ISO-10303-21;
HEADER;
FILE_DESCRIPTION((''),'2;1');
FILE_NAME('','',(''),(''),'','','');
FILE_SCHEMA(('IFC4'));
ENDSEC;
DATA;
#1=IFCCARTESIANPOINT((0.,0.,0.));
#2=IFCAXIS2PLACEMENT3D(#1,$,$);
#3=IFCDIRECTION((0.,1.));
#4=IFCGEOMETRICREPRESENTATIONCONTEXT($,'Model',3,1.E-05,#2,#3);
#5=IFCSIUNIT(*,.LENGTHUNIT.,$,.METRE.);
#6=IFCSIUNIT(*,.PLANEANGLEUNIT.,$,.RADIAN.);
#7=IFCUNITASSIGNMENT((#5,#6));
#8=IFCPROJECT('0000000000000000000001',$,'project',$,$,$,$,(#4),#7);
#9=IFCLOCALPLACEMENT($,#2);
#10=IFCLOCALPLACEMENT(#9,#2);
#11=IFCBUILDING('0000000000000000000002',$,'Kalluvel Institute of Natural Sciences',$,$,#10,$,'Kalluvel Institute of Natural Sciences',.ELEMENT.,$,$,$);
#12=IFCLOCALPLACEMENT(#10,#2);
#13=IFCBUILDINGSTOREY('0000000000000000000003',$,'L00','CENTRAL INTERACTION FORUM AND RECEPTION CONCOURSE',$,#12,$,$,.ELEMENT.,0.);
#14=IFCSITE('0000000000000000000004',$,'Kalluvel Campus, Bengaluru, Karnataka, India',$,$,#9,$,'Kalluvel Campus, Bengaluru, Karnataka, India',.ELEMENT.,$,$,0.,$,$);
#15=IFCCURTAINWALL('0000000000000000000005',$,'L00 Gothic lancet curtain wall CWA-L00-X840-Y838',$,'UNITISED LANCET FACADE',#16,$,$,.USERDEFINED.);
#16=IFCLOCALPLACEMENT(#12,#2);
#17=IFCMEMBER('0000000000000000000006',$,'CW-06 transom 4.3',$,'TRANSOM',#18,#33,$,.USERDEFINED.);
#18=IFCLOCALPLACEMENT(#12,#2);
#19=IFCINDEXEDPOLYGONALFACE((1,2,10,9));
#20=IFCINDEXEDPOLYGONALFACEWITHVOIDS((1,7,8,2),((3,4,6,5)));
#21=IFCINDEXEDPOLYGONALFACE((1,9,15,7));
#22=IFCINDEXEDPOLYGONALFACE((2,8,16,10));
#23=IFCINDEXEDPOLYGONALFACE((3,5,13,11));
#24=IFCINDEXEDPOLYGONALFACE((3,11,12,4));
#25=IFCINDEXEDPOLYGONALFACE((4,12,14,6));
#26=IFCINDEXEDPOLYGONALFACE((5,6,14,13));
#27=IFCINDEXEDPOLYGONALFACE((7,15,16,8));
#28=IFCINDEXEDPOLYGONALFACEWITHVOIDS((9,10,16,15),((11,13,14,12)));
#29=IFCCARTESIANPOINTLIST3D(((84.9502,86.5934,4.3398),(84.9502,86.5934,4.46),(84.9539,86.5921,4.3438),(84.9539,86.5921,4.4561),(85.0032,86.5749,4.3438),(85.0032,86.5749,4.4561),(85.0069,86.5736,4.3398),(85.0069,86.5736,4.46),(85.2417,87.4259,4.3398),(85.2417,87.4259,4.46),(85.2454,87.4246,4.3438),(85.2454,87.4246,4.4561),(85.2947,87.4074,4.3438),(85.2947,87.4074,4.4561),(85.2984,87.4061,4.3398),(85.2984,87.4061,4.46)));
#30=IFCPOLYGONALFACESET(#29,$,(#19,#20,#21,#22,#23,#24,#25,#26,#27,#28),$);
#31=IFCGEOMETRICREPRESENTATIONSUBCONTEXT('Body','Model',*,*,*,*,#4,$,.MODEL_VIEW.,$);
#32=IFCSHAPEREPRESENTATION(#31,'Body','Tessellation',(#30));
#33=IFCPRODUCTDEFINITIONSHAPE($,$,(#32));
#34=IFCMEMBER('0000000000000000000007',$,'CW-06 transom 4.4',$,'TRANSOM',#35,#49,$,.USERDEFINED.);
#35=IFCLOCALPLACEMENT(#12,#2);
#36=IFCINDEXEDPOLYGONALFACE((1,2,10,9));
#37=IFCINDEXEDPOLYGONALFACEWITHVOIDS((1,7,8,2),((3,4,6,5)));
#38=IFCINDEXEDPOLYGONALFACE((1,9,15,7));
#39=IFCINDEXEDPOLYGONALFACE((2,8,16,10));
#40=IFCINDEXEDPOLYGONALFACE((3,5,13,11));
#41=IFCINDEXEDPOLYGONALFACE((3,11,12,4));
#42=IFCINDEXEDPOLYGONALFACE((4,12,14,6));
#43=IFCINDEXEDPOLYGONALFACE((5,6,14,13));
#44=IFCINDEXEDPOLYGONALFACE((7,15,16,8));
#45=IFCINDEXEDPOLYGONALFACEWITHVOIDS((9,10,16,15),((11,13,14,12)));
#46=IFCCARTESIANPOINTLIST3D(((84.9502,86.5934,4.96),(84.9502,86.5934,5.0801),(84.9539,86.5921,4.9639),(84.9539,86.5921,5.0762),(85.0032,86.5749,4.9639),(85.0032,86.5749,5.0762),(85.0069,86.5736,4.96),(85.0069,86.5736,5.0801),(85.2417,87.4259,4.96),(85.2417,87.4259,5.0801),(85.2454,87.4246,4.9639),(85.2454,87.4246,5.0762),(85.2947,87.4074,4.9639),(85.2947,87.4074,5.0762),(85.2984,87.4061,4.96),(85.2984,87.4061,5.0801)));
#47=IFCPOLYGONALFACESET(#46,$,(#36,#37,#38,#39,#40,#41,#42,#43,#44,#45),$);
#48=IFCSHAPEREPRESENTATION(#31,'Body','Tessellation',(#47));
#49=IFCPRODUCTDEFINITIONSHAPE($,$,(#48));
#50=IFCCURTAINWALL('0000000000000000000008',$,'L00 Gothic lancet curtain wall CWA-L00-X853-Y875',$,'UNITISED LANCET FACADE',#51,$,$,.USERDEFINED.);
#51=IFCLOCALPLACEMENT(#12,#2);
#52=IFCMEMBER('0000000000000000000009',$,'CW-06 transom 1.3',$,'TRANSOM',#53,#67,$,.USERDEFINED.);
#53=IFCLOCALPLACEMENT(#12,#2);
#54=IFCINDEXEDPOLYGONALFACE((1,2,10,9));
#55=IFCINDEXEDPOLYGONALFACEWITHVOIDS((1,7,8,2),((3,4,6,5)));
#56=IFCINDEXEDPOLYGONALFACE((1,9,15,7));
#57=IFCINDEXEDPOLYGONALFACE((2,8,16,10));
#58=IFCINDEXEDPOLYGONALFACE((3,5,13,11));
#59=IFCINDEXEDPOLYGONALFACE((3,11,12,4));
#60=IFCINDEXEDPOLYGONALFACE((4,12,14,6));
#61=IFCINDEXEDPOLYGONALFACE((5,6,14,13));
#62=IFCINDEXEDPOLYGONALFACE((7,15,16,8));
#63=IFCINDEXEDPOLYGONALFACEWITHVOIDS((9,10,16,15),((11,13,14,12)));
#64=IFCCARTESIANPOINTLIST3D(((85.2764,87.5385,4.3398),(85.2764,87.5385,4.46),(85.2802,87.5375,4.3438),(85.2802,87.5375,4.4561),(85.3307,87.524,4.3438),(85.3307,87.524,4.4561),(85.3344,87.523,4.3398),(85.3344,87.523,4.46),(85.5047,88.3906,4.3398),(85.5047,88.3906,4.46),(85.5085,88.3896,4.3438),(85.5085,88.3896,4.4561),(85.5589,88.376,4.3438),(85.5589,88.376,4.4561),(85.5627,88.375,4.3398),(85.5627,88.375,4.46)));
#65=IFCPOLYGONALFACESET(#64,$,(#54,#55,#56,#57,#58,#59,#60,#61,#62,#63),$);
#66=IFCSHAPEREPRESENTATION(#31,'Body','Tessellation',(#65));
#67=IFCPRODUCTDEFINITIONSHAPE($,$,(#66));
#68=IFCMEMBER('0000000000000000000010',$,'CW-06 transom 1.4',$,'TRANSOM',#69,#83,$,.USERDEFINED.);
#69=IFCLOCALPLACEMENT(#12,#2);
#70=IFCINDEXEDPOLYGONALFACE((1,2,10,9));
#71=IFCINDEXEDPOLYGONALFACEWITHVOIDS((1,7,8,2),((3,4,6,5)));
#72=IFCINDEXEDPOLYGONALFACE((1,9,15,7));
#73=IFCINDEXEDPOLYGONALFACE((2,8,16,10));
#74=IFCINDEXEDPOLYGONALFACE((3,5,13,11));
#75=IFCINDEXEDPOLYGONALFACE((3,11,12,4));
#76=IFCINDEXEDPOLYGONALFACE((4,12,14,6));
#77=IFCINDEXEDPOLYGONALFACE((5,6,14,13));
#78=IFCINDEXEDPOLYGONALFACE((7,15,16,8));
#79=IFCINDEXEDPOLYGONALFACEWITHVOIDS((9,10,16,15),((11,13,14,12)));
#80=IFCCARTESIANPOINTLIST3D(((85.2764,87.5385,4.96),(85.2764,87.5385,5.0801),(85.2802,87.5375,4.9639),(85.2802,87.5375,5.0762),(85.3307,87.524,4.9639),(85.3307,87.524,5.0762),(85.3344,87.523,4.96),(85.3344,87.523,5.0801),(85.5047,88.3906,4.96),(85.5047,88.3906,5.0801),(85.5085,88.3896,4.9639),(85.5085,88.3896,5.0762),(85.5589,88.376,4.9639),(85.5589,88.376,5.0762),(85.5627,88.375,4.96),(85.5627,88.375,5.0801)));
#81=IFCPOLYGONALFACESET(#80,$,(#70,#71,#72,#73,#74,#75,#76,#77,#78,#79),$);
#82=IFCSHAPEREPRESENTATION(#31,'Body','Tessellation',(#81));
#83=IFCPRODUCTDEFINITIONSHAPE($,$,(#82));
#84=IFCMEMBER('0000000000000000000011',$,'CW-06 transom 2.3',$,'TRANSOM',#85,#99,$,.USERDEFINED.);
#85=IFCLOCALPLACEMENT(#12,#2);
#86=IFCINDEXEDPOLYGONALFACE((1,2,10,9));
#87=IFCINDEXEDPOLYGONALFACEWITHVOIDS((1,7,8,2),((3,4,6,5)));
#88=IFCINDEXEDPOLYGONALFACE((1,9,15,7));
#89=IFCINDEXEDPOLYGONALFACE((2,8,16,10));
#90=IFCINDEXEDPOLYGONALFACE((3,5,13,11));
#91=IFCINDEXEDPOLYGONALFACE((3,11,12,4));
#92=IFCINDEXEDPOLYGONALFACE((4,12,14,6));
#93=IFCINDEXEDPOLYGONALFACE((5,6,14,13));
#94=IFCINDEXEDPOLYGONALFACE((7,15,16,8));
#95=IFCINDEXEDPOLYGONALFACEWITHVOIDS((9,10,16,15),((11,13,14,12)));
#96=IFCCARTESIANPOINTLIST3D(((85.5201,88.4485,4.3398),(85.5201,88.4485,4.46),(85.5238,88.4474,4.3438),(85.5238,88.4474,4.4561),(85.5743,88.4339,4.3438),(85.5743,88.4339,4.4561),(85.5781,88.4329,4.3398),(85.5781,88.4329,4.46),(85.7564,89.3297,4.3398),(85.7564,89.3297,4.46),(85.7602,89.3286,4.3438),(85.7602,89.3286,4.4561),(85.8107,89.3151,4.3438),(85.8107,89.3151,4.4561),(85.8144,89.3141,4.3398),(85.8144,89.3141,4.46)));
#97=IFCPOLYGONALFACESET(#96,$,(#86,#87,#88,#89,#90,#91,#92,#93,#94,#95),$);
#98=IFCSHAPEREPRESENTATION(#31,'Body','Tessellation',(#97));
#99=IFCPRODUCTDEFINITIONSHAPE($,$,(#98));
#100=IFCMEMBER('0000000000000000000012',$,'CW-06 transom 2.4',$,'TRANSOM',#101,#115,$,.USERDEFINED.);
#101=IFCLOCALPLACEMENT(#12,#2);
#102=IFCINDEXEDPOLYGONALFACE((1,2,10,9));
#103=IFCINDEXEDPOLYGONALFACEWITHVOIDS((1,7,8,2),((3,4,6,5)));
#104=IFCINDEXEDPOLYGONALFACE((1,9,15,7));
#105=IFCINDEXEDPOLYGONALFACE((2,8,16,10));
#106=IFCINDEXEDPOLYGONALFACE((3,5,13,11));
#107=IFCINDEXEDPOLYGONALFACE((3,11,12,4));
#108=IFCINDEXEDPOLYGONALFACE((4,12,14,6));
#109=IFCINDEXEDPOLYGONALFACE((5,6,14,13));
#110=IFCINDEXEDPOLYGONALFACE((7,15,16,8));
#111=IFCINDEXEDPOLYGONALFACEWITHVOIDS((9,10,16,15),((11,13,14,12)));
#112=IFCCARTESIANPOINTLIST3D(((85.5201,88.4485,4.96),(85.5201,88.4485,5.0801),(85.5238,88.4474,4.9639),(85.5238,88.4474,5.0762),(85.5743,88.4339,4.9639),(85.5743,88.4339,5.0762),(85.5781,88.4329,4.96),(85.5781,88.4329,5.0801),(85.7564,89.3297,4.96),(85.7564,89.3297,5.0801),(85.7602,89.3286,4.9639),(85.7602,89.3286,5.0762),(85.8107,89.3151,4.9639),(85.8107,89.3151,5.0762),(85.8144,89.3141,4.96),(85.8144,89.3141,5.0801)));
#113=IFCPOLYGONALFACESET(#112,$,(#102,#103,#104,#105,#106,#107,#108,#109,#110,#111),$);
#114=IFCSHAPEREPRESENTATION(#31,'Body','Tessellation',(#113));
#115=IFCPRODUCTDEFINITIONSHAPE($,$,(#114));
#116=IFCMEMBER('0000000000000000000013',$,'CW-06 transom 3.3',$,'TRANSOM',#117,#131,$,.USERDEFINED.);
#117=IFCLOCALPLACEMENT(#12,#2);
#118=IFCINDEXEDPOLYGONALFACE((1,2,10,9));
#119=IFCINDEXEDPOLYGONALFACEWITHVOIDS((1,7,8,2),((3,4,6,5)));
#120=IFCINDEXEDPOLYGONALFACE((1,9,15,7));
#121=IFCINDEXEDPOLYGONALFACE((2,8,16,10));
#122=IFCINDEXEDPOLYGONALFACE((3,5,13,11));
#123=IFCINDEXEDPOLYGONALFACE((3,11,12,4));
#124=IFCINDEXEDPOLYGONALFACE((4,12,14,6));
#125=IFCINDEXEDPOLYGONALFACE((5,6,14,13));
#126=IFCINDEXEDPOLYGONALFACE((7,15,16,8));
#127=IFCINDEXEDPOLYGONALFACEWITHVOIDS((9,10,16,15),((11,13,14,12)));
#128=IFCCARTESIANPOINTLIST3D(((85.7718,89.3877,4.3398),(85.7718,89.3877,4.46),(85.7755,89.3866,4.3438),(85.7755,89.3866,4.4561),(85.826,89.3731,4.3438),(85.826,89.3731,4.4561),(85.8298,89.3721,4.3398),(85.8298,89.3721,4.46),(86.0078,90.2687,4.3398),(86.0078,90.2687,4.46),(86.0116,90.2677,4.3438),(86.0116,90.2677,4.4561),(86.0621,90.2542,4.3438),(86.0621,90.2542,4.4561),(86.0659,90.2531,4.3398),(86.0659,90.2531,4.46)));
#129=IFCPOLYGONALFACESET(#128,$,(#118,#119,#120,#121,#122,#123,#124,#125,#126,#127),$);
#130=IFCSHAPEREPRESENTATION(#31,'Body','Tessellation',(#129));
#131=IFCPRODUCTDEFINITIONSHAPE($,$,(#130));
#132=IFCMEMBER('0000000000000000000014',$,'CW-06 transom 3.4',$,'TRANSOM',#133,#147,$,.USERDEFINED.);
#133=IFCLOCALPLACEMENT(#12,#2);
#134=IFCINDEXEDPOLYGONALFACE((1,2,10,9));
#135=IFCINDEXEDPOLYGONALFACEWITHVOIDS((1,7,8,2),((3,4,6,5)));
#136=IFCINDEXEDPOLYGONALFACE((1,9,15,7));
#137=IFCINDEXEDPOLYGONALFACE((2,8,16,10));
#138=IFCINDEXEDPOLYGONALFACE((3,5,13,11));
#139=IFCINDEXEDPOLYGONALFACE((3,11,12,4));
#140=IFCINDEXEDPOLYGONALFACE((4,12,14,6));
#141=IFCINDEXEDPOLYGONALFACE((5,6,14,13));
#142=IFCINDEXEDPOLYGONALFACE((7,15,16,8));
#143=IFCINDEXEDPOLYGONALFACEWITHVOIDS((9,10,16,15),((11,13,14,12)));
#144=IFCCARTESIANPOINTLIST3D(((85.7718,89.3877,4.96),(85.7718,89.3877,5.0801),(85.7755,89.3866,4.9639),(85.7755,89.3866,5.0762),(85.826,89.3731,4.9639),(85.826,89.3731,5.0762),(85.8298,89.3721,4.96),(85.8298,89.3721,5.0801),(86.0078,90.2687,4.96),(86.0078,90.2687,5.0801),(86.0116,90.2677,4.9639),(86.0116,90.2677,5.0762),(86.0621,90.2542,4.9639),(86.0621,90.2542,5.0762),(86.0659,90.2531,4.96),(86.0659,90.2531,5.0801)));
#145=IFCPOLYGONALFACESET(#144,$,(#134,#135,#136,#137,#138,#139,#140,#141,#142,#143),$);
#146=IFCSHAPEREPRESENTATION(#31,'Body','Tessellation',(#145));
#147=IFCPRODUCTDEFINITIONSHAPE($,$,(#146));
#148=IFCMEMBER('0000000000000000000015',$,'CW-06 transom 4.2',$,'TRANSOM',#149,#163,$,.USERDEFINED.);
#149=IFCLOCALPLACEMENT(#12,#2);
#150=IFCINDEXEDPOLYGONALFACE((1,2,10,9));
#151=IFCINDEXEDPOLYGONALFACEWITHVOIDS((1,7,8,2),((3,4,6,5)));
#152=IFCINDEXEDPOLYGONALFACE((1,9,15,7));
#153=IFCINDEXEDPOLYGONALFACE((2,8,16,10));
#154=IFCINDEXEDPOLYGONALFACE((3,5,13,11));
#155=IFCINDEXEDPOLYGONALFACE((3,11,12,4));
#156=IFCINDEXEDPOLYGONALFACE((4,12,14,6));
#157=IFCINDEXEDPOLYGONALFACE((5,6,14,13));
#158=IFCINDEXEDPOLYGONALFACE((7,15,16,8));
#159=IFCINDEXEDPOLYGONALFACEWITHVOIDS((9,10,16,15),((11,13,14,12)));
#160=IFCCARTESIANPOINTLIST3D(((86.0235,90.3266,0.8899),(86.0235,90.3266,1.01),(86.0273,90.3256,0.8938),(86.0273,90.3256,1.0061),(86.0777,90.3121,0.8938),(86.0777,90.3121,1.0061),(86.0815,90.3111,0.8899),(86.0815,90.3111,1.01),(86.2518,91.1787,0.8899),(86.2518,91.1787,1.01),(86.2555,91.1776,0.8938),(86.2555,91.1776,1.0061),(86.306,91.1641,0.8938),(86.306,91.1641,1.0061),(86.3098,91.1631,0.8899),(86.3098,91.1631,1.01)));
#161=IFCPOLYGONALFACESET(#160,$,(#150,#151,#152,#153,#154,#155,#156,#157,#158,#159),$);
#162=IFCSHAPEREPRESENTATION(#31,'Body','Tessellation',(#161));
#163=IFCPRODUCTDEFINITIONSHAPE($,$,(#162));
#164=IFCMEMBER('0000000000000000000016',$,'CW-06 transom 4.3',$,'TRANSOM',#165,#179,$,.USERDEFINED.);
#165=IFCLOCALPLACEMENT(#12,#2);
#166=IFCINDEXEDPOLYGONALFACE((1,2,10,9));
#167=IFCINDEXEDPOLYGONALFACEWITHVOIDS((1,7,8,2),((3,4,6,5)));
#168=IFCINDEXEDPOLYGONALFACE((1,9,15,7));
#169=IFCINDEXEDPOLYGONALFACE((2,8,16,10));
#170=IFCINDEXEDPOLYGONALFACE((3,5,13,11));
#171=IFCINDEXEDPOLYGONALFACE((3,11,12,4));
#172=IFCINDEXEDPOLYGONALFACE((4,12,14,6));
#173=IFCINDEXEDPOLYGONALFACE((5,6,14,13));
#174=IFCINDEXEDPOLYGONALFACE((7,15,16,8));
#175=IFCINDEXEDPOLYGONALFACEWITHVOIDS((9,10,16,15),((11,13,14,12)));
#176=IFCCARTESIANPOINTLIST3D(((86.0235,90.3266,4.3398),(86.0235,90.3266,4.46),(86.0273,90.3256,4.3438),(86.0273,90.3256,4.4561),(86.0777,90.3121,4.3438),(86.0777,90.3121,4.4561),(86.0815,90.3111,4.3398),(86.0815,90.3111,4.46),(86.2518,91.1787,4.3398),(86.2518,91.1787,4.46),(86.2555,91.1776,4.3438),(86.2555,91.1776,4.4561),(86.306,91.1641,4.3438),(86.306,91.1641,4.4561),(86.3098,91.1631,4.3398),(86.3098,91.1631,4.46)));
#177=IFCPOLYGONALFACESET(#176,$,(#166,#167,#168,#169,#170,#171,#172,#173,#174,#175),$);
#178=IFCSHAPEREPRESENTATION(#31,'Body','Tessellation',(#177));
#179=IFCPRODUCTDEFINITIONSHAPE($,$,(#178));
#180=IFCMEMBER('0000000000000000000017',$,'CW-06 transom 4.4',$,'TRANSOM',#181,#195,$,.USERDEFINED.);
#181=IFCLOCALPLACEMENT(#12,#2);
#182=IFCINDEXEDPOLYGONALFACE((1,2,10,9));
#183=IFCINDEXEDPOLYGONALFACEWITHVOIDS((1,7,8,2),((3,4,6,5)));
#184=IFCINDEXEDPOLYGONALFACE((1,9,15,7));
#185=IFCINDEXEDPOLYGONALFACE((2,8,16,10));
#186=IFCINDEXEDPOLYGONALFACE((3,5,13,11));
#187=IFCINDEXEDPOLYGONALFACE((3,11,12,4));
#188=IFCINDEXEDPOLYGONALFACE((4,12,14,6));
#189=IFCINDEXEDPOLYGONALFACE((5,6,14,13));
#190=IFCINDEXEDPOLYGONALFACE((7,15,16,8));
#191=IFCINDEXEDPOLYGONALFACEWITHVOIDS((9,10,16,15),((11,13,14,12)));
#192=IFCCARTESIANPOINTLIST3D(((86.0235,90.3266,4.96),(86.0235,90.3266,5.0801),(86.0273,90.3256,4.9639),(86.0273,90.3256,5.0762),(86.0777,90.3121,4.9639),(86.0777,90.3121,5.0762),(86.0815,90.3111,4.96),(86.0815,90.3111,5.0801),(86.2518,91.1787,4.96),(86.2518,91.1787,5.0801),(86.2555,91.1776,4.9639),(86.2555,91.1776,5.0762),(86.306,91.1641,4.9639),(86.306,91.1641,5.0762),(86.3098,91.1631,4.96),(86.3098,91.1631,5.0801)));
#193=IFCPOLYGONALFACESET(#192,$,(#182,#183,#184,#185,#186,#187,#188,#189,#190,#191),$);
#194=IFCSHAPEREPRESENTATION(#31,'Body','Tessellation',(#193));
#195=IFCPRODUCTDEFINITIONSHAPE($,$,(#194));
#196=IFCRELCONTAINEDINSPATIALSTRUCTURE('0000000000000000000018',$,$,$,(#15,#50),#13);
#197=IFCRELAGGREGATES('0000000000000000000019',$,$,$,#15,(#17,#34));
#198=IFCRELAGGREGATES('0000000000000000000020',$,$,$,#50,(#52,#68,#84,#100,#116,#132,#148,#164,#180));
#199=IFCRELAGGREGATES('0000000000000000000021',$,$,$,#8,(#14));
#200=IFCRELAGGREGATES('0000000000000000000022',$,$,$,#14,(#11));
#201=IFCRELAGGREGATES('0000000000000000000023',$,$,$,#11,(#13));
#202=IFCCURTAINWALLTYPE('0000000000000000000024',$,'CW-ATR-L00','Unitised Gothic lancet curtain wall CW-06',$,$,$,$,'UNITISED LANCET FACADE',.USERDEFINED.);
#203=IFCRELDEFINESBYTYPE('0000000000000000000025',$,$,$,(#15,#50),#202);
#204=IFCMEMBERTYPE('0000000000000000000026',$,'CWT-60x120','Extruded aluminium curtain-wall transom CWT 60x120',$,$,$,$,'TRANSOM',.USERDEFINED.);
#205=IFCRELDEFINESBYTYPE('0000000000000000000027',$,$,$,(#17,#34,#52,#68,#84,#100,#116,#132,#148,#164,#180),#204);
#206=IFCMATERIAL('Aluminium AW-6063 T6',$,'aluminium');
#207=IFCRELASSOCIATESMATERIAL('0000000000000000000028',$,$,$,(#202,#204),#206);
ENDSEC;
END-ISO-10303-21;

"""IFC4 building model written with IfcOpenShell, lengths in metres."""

from ifc_helpers import new_model, si_unit, direction, frame, origin, origin_2d, place, context, subcontext, project, spatial, hollow_rectangle, extrude, material, material_profile, profile_set, type_object, element, aggregate, save


model = new_model("IFC4")

# Units and contexts
model_context = context("Model", 3, precision=1e-05, world=origin(), true_north=direction((0.0, 1.0)))
body_context = subcontext(model_context, "Body", "Model", "MODEL_VIEW")
ifc_project = project(units=[si_unit("LENGTHUNIT", "METRE"), si_unit("PLANEANGLEUNIT", "RADIAN")], contexts=[model_context])

# Site, building, storey
site_placement = place(None, origin())
site = spatial("IfcSite", under=ifc_project, at=site_placement, Name="Kalluvel Campus, Bengaluru, Karnataka, India", LongName="Kalluvel Campus, Bengaluru, Karnataka, India", CompositionType="ELEMENT", RefElevation=0.0)
building_placement = place(site_placement, origin())
building = spatial("IfcBuilding", under=site, at=building_placement, Name="Kalluvel Institute of Natural Sciences", LongName="Kalluvel Institute of Natural Sciences", CompositionType="ELEMENT")
storey_placement = place(building_placement, origin())
storey = spatial("IfcBuildingStorey", under=building, at=storey_placement, Name="L00", Description="CENTRAL INTERACTION FORUM AND RECEPTION CONCOURSE", CompositionType="ELEMENT", Elevation=0.0)

# Curtain walls, members
ifc_material_1 = material(Name="Aluminium AW-6063 T6", Category="aluminium")
curtain_wall_type = type_object("IfcCurtainWallType", Name="CW-ATR-L00", Description="Unitised Gothic lancet curtain wall CW-06", ElementType="UNITISED LANCET FACADE", PredefinedType="USERDEFINED", material=ifc_material_1)
curtain_wall_1_placement = place(storey_placement, origin())
curtain_wall_1 = element("IfcCurtainWall", 1, at=curtain_wall_1_placement, inside=storey, type_object=curtain_wall_type, Name="L00 Gothic lancet curtain wall CWA-L00-X840-Y838", ObjectType="UNITISED LANCET FACADE", PredefinedType="USERDEFINED")
ifc_material_profile = material_profile(ifc_material_1, hollow_rectangle(XDim=0.0601, YDim=0.1201, WallThickness=0.0039, at=origin_2d()), Name="CWT 60x120")
ifc_profile_set = profile_set([ifc_material_profile], Name="Aluminium AW-6063 T6")
member_type = type_object("IfcMemberType", Name="CWT-60x120", Description="Extruded aluminium curtain-wall transom CWT 60x120", ElementType="TRANSOM", PredefinedType="USERDEFINED", material=ifc_profile_set)
member_1_placement = place(storey_placement, frame((84.9785, 86.5835, 4.3999), z_axis=(0.330474, 0.943815, 0.0), x_axis=(-0.943815, 0.330474, 0.0)))
member_1 = element("IfcMember", 2, at=member_1_placement, type_object=member_type, Name="CW-06 transom 4.3", ObjectType="TRANSOM", PredefinedType="USERDEFINED", context=body_context, shape_type="SweptSolid", body=[
    extrude(hollow_rectangle(XDim=0.0601, YDim=0.1201, WallThickness=0.0039, at=origin_2d()), origin(), (0.0, 0.0, 1.0), 0.8821),
])
member_2_placement = place(storey_placement, frame((84.9785, 86.5835, 5.02), z_axis=(0.330474, 0.943815, 0.0), x_axis=(-0.943815, 0.330474, 0.0)))
member_2 = element("IfcMember", 3, at=member_2_placement, type_object=member_type, Name="CW-06 transom 4.4", ObjectType="TRANSOM", PredefinedType="USERDEFINED", context=body_context, shape_type="SweptSolid", body=[
    extrude(hollow_rectangle(XDim=0.0601, YDim=0.1201, WallThickness=0.0039, at=origin_2d()), origin(), (0.0, 0.0, 1.0), 0.8821),
])
curtain_wall_2_placement = place(storey_placement, origin())
curtain_wall_2 = element("IfcCurtainWall", 4, at=curtain_wall_2_placement, inside=storey, type_object=curtain_wall_type, Name="L00 Gothic lancet curtain wall CWA-L00-X853-Y875", ObjectType="UNITISED LANCET FACADE", PredefinedType="USERDEFINED")
member_3_placement = place(storey_placement, frame((85.3054, 87.5308, 4.3999), z_axis=(0.258782, 0.965936, 0.0), x_axis=(-0.965936, 0.258782, 0.0)))
member_3 = element("IfcMember", 5, at=member_3_placement, type_object=member_type, Name="CW-06 transom 1.3", ObjectType="TRANSOM", PredefinedType="USERDEFINED", context=body_context, shape_type="SweptSolid", body=[
    extrude(hollow_rectangle(XDim=0.0601, YDim=0.1201, WallThickness=0.0039, at=origin_2d()), origin(), (0.0, 0.0, 1.0), 0.8821),
])
member_4_placement = place(storey_placement, frame((85.3054, 87.5308, 5.02), z_axis=(0.258782, 0.965936, 0.0), x_axis=(-0.965936, 0.258782, 0.0)))
member_4 = element("IfcMember", 6, at=member_4_placement, type_object=member_type, Name="CW-06 transom 1.4", ObjectType="TRANSOM", PredefinedType="USERDEFINED", context=body_context, shape_type="SweptSolid", body=[
    extrude(hollow_rectangle(XDim=0.0601, YDim=0.1201, WallThickness=0.0039, at=origin_2d()), origin(), (0.0, 0.0, 1.0), 0.8821),
])
member_5_placement = place(storey_placement, frame((85.5491, 88.4407, 4.3999), z_axis=(0.259062, 0.965861, 0.0), x_axis=(-0.965861, 0.259062, 0.0)))
member_5 = element("IfcMember", 7, at=member_5_placement, type_object=member_type, Name="CW-06 transom 2.3", ObjectType="TRANSOM", PredefinedType="USERDEFINED", context=body_context, shape_type="SweptSolid", body=[
    extrude(hollow_rectangle(XDim=0.0601, YDim=0.1201, WallThickness=0.0039, at=origin_2d()), origin(), (0.0, 0.0, 1.0), 0.9124),
])
member_6_placement = place(storey_placement, frame((85.5491, 88.4407, 5.02), z_axis=(0.259062, 0.965861, 0.0), x_axis=(-0.965861, 0.259062, 0.0)))
member_6 = element("IfcMember", 8, at=member_6_placement, type_object=member_type, Name="CW-06 transom 2.4", ObjectType="TRANSOM", PredefinedType="USERDEFINED", context=body_context, shape_type="SweptSolid", body=[
    extrude(hollow_rectangle(XDim=0.0601, YDim=0.1201, WallThickness=0.0039, at=origin_2d()), origin(), (0.0, 0.0, 1.0), 0.9124),
])
member_7_placement = place(storey_placement, frame((85.8008, 89.3799, 4.3999), z_axis=(0.258812, 0.965928, 0.0), x_axis=(-0.965928, 0.258812, 0.0)))
member_7 = element("IfcMember", 9, at=member_7_placement, type_object=member_type, Name="CW-06 transom 3.3", ObjectType="TRANSOM", PredefinedType="USERDEFINED", context=body_context, shape_type="SweptSolid", body=[
    extrude(hollow_rectangle(XDim=0.0601, YDim=0.1201, WallThickness=0.0039, at=origin_2d()), origin(), (0.0, 0.0, 1.0), 0.9121),
])
member_8_placement = place(storey_placement, frame((85.8008, 89.3799, 5.02), z_axis=(0.258812, 0.965928, 0.0), x_axis=(-0.965928, 0.258812, 0.0)))
member_8 = element("IfcMember", 10, at=member_8_placement, type_object=member_type, Name="CW-06 transom 3.4", ObjectType="TRANSOM", PredefinedType="USERDEFINED", context=body_context, shape_type="SweptSolid", body=[
    extrude(hollow_rectangle(XDim=0.0601, YDim=0.1201, WallThickness=0.0039, at=origin_2d()), origin(), (0.0, 0.0, 1.0), 0.9121),
])
member_9_placement = place(storey_placement, frame((86.0525, 90.3188, 0.95), z_axis=(0.258782, 0.965936, 0.0), x_axis=(-0.965936, 0.258782, 0.0)))
member_9 = element("IfcMember", 11, at=member_9_placement, type_object=member_type, Name="CW-06 transom 4.2", ObjectType="TRANSOM", PredefinedType="USERDEFINED", context=body_context, shape_type="SweptSolid", body=[
    extrude(hollow_rectangle(XDim=0.0601, YDim=0.1201, WallThickness=0.0039, at=origin_2d()), origin(), (0.0, 0.0, 1.0), 0.8821),
])
member_10_placement = place(storey_placement, frame((86.0525, 90.3188, 4.3999), z_axis=(0.258782, 0.965936, 0.0), x_axis=(-0.965936, 0.258782, 0.0)))
member_10 = element("IfcMember", 12, at=member_10_placement, type_object=member_type, Name="CW-06 transom 4.3", ObjectType="TRANSOM", PredefinedType="USERDEFINED", context=body_context, shape_type="SweptSolid", body=[
    extrude(hollow_rectangle(XDim=0.0601, YDim=0.1201, WallThickness=0.0039, at=origin_2d()), origin(), (0.0, 0.0, 1.0), 0.8821),
])
member_11_placement = place(storey_placement, frame((86.0525, 90.3188, 5.02), z_axis=(0.258782, 0.965936, 0.0), x_axis=(-0.965936, 0.258782, 0.0)))
member_11 = element("IfcMember", 13, at=member_11_placement, type_object=member_type, Name="CW-06 transom 4.4", ObjectType="TRANSOM", PredefinedType="USERDEFINED", context=body_context, shape_type="SweptSolid", body=[
    extrude(hollow_rectangle(XDim=0.0601, YDim=0.1201, WallThickness=0.0039, at=origin_2d()), origin(), (0.0, 0.0, 1.0), 0.8821),
])

aggregate(curtain_wall_1, [member_1, member_2])
aggregate(curtain_wall_2, [member_3, member_4, member_5, member_6, member_7, member_8, member_9, member_10, member_11])

save(model, "model.ifc")
